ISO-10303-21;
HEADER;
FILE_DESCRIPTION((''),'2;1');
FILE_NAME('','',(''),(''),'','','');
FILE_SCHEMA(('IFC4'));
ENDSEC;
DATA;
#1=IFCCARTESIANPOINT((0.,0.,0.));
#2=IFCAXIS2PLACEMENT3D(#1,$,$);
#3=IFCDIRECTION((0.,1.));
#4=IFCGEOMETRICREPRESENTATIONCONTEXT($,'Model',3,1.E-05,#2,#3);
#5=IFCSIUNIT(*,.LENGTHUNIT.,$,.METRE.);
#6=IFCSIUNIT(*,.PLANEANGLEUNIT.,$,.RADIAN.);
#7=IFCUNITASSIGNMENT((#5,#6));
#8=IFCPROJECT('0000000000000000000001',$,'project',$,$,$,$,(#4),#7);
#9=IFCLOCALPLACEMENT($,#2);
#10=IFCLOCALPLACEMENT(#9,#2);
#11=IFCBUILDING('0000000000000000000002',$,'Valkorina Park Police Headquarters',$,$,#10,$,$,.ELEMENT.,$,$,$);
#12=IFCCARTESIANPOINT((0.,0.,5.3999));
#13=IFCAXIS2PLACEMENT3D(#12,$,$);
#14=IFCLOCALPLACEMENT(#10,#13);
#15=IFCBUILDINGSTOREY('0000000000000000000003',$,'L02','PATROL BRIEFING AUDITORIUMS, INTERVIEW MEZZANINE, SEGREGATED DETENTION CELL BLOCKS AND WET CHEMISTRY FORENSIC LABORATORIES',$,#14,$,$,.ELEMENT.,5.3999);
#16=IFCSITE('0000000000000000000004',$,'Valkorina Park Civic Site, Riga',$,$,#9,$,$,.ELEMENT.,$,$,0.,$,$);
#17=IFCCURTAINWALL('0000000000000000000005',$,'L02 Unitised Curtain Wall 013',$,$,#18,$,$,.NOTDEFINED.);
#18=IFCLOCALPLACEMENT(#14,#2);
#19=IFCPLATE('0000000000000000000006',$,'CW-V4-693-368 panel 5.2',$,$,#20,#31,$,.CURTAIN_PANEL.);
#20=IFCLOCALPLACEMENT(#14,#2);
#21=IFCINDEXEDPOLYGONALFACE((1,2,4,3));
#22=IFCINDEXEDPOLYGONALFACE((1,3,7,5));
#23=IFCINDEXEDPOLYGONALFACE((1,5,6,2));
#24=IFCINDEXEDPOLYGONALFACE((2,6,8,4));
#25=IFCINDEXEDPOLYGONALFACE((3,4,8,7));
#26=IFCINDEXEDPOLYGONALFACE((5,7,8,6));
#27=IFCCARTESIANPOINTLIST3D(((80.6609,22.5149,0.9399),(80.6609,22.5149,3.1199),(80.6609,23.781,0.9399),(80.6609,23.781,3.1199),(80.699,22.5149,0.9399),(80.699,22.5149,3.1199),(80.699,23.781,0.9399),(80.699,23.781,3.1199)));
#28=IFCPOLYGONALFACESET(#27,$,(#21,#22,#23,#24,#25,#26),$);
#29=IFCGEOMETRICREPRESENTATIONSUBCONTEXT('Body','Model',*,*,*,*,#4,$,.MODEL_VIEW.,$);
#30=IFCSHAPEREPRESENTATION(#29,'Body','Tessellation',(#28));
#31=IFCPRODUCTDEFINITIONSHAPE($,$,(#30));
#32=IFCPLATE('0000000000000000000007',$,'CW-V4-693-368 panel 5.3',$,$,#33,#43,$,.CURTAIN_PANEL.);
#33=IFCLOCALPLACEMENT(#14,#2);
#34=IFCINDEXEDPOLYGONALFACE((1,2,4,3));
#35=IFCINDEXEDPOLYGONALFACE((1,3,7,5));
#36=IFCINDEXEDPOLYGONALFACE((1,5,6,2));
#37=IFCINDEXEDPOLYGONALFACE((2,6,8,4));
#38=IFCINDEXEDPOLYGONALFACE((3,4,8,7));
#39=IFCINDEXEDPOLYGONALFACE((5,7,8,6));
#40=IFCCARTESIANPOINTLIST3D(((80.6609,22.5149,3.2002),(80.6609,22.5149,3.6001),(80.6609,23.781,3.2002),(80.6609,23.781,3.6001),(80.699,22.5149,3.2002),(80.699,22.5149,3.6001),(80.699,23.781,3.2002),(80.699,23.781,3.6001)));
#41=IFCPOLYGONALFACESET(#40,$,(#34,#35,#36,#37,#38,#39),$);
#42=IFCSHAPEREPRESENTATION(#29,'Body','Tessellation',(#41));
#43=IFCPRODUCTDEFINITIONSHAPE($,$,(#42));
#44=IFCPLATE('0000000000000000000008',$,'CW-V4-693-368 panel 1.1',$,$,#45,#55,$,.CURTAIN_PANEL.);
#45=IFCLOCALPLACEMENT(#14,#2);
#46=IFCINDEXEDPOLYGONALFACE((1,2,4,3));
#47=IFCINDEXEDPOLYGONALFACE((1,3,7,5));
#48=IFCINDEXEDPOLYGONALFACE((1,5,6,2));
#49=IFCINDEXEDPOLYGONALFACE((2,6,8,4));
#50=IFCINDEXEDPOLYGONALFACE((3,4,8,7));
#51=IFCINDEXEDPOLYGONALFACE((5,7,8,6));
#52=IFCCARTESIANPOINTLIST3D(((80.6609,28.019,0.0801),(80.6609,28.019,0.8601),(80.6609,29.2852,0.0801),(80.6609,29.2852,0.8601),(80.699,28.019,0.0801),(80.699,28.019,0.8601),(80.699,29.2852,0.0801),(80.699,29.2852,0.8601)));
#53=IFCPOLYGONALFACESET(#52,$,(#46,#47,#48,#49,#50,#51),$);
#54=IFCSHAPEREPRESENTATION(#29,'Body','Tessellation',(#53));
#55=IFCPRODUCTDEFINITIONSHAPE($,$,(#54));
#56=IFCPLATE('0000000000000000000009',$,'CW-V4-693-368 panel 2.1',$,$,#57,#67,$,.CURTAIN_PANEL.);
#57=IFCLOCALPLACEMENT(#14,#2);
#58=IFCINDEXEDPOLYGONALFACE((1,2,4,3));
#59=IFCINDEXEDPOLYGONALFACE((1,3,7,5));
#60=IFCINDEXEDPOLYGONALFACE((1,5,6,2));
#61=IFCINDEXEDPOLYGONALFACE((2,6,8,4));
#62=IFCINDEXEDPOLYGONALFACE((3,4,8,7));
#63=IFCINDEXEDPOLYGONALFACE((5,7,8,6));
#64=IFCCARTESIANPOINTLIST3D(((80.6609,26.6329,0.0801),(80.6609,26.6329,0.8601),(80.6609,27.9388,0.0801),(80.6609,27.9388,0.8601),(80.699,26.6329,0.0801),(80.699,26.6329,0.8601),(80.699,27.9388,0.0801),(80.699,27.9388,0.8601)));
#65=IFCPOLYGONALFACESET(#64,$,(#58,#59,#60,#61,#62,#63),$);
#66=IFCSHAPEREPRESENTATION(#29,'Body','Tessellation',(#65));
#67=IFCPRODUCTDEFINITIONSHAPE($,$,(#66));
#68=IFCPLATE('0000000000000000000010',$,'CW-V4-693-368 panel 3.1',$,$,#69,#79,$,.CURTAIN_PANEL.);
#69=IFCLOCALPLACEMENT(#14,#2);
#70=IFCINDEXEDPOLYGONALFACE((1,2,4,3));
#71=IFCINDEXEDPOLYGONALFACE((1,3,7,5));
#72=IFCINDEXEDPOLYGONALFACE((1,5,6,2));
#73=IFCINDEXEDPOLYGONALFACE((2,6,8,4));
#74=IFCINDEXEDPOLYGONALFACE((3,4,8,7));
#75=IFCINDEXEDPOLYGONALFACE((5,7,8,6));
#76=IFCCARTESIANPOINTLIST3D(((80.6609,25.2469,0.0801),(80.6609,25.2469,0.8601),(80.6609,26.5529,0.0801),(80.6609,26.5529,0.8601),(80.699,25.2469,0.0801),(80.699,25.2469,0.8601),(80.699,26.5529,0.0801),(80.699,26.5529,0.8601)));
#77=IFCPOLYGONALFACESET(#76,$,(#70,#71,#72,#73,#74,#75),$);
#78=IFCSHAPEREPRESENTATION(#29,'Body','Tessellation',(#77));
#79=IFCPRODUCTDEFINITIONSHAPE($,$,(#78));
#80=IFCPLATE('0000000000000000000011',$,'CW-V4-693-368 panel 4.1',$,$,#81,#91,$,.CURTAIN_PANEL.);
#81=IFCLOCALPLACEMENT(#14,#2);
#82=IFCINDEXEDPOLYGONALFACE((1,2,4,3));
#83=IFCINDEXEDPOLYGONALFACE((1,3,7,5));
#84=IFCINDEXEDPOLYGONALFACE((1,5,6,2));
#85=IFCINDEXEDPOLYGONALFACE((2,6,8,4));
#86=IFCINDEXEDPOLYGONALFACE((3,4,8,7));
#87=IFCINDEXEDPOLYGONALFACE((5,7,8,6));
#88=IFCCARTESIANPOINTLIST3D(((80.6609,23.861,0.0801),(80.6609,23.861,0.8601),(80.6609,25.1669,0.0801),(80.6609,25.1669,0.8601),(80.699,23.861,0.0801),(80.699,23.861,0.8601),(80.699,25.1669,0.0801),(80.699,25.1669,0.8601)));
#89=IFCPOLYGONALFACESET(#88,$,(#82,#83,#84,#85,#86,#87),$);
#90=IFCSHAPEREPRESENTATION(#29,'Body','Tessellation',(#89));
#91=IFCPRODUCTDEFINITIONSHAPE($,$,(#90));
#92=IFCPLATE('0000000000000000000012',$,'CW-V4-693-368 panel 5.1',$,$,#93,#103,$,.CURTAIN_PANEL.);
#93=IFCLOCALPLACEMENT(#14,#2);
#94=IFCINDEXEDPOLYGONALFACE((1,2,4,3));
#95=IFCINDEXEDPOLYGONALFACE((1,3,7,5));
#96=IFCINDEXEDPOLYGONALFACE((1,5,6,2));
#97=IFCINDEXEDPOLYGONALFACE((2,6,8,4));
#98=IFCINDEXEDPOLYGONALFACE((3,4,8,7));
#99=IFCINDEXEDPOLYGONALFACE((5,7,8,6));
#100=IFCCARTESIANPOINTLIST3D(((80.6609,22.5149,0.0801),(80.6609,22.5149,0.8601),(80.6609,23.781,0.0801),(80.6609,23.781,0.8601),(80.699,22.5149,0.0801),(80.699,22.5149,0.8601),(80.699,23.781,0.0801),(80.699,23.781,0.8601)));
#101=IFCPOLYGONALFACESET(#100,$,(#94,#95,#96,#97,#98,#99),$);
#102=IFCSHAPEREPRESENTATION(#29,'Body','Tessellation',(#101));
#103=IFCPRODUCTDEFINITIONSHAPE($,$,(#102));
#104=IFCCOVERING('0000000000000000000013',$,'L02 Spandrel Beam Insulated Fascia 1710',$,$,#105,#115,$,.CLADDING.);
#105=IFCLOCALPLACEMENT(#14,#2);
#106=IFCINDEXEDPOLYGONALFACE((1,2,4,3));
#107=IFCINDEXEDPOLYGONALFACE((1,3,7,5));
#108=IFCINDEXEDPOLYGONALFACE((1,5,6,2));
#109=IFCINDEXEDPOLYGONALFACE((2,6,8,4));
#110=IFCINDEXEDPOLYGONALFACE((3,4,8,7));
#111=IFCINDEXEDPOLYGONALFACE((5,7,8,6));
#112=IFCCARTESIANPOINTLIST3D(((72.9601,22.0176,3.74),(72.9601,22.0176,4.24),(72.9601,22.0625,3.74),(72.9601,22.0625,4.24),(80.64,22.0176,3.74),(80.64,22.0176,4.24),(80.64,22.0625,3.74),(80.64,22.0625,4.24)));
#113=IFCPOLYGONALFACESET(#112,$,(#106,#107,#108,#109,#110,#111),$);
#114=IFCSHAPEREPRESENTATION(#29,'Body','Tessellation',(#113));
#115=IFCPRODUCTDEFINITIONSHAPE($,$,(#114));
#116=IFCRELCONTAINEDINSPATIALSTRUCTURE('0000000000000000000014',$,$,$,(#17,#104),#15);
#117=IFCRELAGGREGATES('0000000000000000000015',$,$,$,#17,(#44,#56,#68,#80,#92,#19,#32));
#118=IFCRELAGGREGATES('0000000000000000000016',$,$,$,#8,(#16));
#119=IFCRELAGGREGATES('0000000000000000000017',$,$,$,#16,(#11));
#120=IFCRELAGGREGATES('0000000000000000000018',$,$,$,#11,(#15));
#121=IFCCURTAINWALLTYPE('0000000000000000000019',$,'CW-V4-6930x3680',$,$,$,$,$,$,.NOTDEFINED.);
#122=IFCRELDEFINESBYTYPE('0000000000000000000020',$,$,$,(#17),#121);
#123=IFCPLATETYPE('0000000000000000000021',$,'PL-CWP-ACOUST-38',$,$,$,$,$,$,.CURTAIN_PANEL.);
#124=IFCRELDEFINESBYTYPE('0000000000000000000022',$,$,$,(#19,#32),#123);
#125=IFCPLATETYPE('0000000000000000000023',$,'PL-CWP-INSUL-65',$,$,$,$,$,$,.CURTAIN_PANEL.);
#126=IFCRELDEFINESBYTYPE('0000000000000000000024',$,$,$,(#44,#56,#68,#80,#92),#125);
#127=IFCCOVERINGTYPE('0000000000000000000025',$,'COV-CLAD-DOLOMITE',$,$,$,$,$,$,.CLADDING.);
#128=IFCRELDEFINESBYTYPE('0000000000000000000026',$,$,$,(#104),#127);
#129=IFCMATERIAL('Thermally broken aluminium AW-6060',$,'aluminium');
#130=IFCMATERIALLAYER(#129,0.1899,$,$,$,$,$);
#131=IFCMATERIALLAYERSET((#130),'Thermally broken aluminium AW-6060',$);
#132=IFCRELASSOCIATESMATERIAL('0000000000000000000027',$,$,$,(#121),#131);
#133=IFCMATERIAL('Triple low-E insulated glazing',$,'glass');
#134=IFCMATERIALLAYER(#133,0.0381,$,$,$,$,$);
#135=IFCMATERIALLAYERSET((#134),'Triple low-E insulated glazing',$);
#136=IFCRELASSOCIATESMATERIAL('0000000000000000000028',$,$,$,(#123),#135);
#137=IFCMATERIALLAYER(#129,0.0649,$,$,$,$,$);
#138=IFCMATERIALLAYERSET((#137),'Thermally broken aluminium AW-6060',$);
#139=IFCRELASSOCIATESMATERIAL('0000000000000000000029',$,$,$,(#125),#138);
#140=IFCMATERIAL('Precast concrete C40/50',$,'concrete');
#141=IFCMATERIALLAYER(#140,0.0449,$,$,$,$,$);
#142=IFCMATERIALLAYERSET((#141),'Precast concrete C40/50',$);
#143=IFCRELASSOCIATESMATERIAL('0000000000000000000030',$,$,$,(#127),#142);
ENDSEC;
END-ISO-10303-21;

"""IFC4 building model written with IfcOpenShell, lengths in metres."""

from ifc_helpers import new_model, si_unit, direction, frame, frame_2d, origin, origin_2d, place, context, subcontext, project, spatial, rectangle, extrude, material, layer, layer_set, type_object, element, aggregate, save


model = new_model("IFC4")

# Units and contexts
model_context = context("Model", 3, precision=1e-05, world=origin(), true_north=direction((0.0, 1.0)))
body_context = subcontext(model_context, "Body", "Model", "MODEL_VIEW")
ifc_project = project(units=[si_unit("LENGTHUNIT", "METRE"), si_unit("PLANEANGLEUNIT", "RADIAN")], contexts=[model_context])

# Site, building, storey
site_placement = place(None, origin())
site = spatial("IfcSite", under=ifc_project, at=site_placement, Name="Valkorina Park Civic Site, Riga", CompositionType="ELEMENT", RefElevation=0.0)
building_placement = place(site_placement, origin())
building = spatial("IfcBuilding", under=site, at=building_placement, Name="Valkorina Park Police Headquarters", CompositionType="ELEMENT")
storey_placement = place(building_placement, frame((0.0, 0.0, 5.3999)))
storey = spatial("IfcBuildingStorey", under=building, at=storey_placement, Name="L02", Description="PATROL BRIEFING AUDITORIUMS, INTERVIEW MEZZANINE, SEGREGATED DETENTION CELL BLOCKS AND WET CHEMISTRY FORENSIC LABORATORIES", CompositionType="ELEMENT", Elevation=5.3999)

# Curtain wall
ifc_material_1 = material(Name="Thermally broken aluminium AW-6060", Category="aluminium")
ifc_layer_1 = layer(ifc_material_1, 0.1899)
ifc_layer_set_1 = layer_set([ifc_layer_1], Name="Thermally broken aluminium AW-6060")
curtain_wall_type_1 = type_object("IfcCurtainWallType", Name="CW-V4-6930x3680", PredefinedType="NOTDEFINED", material=ifc_layer_set_1)
curtain_wall_1_placement = place(storey_placement, origin())
curtain_wall_1 = element("IfcCurtainWall", 1, at=curtain_wall_1_placement, inside=storey, type_object=curtain_wall_type_1, Name="L02 Unitised Curtain Wall 013", PredefinedType="NOTDEFINED")

# Plates
ifc_material_2 = material(Name="Triple low-E insulated glazing", Category="glass")
ifc_layer_2 = layer(ifc_material_2, 0.0381)
ifc_layer_set_2 = layer_set([ifc_layer_2], Name="Triple low-E insulated glazing")
plate_type_1 = type_object("IfcPlateType", Name="PL-CWP-ACOUST-38", PredefinedType="CURTAIN_PANEL", material=ifc_layer_set_2)
plate_1_placement = place(storey_placement, frame((80.6799, 23.1479, 0.9399), z_axis=(0.0, 0.0, 1.0), x_axis=(0.0, -1.0, 0.0)))
plate_1 = element("IfcPlate", 2, at=plate_1_placement, type_object=plate_type_1, Name="CW-V4-693-368 panel 5.2", PredefinedType="CURTAIN_PANEL", context=body_context, shape_type="SweptSolid", body=[
    extrude(rectangle(XDim=1.2661, YDim=0.0381, at=origin_2d()), origin(), (0.0, 0.0, 1.0), 2.1799),
])
plate_2_placement = place(storey_placement, frame((80.6799, 23.1479, 3.2002), z_axis=(0.0, 0.0, 1.0), x_axis=(0.0, -1.0, 0.0)))
plate_2 = element("IfcPlate", 3, at=plate_2_placement, type_object=plate_type_1, Name="CW-V4-693-368 panel 5.3", PredefinedType="CURTAIN_PANEL", context=body_context, shape_type="SweptSolid", body=[
    extrude(rectangle(XDim=1.2661, YDim=0.0381, at=origin_2d()), origin(), (0.0, 0.0, 1.0), 0.3999),
])
ifc_layer_3 = layer(ifc_material_1, 0.0649)
ifc_layer_set_3 = layer_set([ifc_layer_3], Name="Thermally broken aluminium AW-6060")
plate_type_2 = type_object("IfcPlateType", Name="PL-CWP-INSUL-65", PredefinedType="CURTAIN_PANEL", material=ifc_layer_set_3)
plate_3_placement = place(storey_placement, frame((80.6799, 28.6521, 0.0801), z_axis=(0.0, 0.0, 1.0), x_axis=(0.0, -1.0, 0.0)))
plate_3 = element("IfcPlate", 4, at=plate_3_placement, type_object=plate_type_2, Name="CW-V4-693-368 panel 1.1", PredefinedType="CURTAIN_PANEL", context=body_context, shape_type="SweptSolid", body=[
    extrude(rectangle(XDim=1.2661, YDim=0.0381, at=origin_2d()), origin(), (0.0, 0.0, 1.0), 0.78),
])
plate_4_placement = place(storey_placement, frame((80.6799, 27.2859, 0.0801), z_axis=(0.0, 0.0, 1.0), x_axis=(0.0, -1.0, 0.0)))
plate_4 = element("IfcPlate", 5, at=plate_4_placement, type_object=plate_type_2, Name="CW-V4-693-368 panel 2.1", PredefinedType="CURTAIN_PANEL", context=body_context, shape_type="SweptSolid", body=[
    extrude(rectangle(XDim=1.3059, YDim=0.0381, at=origin_2d()), origin(), (0.0, 0.0, 1.0), 0.78),
])
plate_5_placement = place(storey_placement, frame((80.6799, 25.8999, 0.0801), z_axis=(0.0, 0.0, 1.0), x_axis=(0.0, -1.0, 0.0)))
plate_5 = element("IfcPlate", 6, at=plate_5_placement, type_object=plate_type_2, Name="CW-V4-693-368 panel 3.1", PredefinedType="CURTAIN_PANEL", context=body_context, shape_type="SweptSolid", body=[
    extrude(rectangle(XDim=1.3059, YDim=0.0381, at=origin_2d()), origin(), (0.0, 0.0, 1.0), 0.78),
])
plate_6_placement = place(storey_placement, frame((80.6799, 24.5139, 0.0801), z_axis=(0.0, 0.0, 1.0), x_axis=(0.0, -1.0, 0.0)))
plate_6 = element("IfcPlate", 7, at=plate_6_placement, type_object=plate_type_2, Name="CW-V4-693-368 panel 4.1", PredefinedType="CURTAIN_PANEL", context=body_context, shape_type="SweptSolid", body=[
    extrude(rectangle(XDim=1.3059, YDim=0.0381, at=origin_2d()), origin(), (0.0, 0.0, 1.0), 0.78),
])
plate_7_placement = place(storey_placement, frame((80.6799, 23.1479, 0.0801), z_axis=(0.0, 0.0, 1.0), x_axis=(0.0, -1.0, 0.0)))
plate_7 = element("IfcPlate", 8, at=plate_7_placement, type_object=plate_type_2, Name="CW-V4-693-368 panel 5.1", PredefinedType="CURTAIN_PANEL", context=body_context, shape_type="SweptSolid", body=[
    extrude(rectangle(XDim=1.2661, YDim=0.0381, at=origin_2d()), origin(), (0.0, 0.0, 1.0), 0.78),
])
aggregate(curtain_wall_1, [plate_3, plate_4, plate_5, plate_6, plate_7, plate_1, plate_2])

# Covering
ifc_material_3 = material(Name="Precast concrete C40/50", Category="concrete")
ifc_layer_4 = layer(ifc_material_3, 0.0449)
ifc_layer_set_4 = layer_set([ifc_layer_4], Name="Precast concrete C40/50")
covering_type = type_object("IfcCoveringType", Name="COV-CLAD-DOLOMITE", PredefinedType="CLADDING", material=ifc_layer_set_4)
covering_placement = place(storey_placement, frame((80.6399, 22.04, 3.74), z_axis=(0.0, 0.0, 1.0), x_axis=(-1.0, 0.0, 0.0)))
element("IfcCovering", 9, at=covering_placement, inside=storey, type_object=covering_type, Name="L02 Spandrel Beam Insulated Fascia 1710", PredefinedType="CLADDING", context=body_context, shape_type="SweptSolid", body=[
    extrude(rectangle(XDim=7.6799, YDim=0.0449, at=frame_2d((3.8398, 0.0))), origin(), (0.0, 0.0, 1.0), 0.5),
])

save(model, "model.ifc")
